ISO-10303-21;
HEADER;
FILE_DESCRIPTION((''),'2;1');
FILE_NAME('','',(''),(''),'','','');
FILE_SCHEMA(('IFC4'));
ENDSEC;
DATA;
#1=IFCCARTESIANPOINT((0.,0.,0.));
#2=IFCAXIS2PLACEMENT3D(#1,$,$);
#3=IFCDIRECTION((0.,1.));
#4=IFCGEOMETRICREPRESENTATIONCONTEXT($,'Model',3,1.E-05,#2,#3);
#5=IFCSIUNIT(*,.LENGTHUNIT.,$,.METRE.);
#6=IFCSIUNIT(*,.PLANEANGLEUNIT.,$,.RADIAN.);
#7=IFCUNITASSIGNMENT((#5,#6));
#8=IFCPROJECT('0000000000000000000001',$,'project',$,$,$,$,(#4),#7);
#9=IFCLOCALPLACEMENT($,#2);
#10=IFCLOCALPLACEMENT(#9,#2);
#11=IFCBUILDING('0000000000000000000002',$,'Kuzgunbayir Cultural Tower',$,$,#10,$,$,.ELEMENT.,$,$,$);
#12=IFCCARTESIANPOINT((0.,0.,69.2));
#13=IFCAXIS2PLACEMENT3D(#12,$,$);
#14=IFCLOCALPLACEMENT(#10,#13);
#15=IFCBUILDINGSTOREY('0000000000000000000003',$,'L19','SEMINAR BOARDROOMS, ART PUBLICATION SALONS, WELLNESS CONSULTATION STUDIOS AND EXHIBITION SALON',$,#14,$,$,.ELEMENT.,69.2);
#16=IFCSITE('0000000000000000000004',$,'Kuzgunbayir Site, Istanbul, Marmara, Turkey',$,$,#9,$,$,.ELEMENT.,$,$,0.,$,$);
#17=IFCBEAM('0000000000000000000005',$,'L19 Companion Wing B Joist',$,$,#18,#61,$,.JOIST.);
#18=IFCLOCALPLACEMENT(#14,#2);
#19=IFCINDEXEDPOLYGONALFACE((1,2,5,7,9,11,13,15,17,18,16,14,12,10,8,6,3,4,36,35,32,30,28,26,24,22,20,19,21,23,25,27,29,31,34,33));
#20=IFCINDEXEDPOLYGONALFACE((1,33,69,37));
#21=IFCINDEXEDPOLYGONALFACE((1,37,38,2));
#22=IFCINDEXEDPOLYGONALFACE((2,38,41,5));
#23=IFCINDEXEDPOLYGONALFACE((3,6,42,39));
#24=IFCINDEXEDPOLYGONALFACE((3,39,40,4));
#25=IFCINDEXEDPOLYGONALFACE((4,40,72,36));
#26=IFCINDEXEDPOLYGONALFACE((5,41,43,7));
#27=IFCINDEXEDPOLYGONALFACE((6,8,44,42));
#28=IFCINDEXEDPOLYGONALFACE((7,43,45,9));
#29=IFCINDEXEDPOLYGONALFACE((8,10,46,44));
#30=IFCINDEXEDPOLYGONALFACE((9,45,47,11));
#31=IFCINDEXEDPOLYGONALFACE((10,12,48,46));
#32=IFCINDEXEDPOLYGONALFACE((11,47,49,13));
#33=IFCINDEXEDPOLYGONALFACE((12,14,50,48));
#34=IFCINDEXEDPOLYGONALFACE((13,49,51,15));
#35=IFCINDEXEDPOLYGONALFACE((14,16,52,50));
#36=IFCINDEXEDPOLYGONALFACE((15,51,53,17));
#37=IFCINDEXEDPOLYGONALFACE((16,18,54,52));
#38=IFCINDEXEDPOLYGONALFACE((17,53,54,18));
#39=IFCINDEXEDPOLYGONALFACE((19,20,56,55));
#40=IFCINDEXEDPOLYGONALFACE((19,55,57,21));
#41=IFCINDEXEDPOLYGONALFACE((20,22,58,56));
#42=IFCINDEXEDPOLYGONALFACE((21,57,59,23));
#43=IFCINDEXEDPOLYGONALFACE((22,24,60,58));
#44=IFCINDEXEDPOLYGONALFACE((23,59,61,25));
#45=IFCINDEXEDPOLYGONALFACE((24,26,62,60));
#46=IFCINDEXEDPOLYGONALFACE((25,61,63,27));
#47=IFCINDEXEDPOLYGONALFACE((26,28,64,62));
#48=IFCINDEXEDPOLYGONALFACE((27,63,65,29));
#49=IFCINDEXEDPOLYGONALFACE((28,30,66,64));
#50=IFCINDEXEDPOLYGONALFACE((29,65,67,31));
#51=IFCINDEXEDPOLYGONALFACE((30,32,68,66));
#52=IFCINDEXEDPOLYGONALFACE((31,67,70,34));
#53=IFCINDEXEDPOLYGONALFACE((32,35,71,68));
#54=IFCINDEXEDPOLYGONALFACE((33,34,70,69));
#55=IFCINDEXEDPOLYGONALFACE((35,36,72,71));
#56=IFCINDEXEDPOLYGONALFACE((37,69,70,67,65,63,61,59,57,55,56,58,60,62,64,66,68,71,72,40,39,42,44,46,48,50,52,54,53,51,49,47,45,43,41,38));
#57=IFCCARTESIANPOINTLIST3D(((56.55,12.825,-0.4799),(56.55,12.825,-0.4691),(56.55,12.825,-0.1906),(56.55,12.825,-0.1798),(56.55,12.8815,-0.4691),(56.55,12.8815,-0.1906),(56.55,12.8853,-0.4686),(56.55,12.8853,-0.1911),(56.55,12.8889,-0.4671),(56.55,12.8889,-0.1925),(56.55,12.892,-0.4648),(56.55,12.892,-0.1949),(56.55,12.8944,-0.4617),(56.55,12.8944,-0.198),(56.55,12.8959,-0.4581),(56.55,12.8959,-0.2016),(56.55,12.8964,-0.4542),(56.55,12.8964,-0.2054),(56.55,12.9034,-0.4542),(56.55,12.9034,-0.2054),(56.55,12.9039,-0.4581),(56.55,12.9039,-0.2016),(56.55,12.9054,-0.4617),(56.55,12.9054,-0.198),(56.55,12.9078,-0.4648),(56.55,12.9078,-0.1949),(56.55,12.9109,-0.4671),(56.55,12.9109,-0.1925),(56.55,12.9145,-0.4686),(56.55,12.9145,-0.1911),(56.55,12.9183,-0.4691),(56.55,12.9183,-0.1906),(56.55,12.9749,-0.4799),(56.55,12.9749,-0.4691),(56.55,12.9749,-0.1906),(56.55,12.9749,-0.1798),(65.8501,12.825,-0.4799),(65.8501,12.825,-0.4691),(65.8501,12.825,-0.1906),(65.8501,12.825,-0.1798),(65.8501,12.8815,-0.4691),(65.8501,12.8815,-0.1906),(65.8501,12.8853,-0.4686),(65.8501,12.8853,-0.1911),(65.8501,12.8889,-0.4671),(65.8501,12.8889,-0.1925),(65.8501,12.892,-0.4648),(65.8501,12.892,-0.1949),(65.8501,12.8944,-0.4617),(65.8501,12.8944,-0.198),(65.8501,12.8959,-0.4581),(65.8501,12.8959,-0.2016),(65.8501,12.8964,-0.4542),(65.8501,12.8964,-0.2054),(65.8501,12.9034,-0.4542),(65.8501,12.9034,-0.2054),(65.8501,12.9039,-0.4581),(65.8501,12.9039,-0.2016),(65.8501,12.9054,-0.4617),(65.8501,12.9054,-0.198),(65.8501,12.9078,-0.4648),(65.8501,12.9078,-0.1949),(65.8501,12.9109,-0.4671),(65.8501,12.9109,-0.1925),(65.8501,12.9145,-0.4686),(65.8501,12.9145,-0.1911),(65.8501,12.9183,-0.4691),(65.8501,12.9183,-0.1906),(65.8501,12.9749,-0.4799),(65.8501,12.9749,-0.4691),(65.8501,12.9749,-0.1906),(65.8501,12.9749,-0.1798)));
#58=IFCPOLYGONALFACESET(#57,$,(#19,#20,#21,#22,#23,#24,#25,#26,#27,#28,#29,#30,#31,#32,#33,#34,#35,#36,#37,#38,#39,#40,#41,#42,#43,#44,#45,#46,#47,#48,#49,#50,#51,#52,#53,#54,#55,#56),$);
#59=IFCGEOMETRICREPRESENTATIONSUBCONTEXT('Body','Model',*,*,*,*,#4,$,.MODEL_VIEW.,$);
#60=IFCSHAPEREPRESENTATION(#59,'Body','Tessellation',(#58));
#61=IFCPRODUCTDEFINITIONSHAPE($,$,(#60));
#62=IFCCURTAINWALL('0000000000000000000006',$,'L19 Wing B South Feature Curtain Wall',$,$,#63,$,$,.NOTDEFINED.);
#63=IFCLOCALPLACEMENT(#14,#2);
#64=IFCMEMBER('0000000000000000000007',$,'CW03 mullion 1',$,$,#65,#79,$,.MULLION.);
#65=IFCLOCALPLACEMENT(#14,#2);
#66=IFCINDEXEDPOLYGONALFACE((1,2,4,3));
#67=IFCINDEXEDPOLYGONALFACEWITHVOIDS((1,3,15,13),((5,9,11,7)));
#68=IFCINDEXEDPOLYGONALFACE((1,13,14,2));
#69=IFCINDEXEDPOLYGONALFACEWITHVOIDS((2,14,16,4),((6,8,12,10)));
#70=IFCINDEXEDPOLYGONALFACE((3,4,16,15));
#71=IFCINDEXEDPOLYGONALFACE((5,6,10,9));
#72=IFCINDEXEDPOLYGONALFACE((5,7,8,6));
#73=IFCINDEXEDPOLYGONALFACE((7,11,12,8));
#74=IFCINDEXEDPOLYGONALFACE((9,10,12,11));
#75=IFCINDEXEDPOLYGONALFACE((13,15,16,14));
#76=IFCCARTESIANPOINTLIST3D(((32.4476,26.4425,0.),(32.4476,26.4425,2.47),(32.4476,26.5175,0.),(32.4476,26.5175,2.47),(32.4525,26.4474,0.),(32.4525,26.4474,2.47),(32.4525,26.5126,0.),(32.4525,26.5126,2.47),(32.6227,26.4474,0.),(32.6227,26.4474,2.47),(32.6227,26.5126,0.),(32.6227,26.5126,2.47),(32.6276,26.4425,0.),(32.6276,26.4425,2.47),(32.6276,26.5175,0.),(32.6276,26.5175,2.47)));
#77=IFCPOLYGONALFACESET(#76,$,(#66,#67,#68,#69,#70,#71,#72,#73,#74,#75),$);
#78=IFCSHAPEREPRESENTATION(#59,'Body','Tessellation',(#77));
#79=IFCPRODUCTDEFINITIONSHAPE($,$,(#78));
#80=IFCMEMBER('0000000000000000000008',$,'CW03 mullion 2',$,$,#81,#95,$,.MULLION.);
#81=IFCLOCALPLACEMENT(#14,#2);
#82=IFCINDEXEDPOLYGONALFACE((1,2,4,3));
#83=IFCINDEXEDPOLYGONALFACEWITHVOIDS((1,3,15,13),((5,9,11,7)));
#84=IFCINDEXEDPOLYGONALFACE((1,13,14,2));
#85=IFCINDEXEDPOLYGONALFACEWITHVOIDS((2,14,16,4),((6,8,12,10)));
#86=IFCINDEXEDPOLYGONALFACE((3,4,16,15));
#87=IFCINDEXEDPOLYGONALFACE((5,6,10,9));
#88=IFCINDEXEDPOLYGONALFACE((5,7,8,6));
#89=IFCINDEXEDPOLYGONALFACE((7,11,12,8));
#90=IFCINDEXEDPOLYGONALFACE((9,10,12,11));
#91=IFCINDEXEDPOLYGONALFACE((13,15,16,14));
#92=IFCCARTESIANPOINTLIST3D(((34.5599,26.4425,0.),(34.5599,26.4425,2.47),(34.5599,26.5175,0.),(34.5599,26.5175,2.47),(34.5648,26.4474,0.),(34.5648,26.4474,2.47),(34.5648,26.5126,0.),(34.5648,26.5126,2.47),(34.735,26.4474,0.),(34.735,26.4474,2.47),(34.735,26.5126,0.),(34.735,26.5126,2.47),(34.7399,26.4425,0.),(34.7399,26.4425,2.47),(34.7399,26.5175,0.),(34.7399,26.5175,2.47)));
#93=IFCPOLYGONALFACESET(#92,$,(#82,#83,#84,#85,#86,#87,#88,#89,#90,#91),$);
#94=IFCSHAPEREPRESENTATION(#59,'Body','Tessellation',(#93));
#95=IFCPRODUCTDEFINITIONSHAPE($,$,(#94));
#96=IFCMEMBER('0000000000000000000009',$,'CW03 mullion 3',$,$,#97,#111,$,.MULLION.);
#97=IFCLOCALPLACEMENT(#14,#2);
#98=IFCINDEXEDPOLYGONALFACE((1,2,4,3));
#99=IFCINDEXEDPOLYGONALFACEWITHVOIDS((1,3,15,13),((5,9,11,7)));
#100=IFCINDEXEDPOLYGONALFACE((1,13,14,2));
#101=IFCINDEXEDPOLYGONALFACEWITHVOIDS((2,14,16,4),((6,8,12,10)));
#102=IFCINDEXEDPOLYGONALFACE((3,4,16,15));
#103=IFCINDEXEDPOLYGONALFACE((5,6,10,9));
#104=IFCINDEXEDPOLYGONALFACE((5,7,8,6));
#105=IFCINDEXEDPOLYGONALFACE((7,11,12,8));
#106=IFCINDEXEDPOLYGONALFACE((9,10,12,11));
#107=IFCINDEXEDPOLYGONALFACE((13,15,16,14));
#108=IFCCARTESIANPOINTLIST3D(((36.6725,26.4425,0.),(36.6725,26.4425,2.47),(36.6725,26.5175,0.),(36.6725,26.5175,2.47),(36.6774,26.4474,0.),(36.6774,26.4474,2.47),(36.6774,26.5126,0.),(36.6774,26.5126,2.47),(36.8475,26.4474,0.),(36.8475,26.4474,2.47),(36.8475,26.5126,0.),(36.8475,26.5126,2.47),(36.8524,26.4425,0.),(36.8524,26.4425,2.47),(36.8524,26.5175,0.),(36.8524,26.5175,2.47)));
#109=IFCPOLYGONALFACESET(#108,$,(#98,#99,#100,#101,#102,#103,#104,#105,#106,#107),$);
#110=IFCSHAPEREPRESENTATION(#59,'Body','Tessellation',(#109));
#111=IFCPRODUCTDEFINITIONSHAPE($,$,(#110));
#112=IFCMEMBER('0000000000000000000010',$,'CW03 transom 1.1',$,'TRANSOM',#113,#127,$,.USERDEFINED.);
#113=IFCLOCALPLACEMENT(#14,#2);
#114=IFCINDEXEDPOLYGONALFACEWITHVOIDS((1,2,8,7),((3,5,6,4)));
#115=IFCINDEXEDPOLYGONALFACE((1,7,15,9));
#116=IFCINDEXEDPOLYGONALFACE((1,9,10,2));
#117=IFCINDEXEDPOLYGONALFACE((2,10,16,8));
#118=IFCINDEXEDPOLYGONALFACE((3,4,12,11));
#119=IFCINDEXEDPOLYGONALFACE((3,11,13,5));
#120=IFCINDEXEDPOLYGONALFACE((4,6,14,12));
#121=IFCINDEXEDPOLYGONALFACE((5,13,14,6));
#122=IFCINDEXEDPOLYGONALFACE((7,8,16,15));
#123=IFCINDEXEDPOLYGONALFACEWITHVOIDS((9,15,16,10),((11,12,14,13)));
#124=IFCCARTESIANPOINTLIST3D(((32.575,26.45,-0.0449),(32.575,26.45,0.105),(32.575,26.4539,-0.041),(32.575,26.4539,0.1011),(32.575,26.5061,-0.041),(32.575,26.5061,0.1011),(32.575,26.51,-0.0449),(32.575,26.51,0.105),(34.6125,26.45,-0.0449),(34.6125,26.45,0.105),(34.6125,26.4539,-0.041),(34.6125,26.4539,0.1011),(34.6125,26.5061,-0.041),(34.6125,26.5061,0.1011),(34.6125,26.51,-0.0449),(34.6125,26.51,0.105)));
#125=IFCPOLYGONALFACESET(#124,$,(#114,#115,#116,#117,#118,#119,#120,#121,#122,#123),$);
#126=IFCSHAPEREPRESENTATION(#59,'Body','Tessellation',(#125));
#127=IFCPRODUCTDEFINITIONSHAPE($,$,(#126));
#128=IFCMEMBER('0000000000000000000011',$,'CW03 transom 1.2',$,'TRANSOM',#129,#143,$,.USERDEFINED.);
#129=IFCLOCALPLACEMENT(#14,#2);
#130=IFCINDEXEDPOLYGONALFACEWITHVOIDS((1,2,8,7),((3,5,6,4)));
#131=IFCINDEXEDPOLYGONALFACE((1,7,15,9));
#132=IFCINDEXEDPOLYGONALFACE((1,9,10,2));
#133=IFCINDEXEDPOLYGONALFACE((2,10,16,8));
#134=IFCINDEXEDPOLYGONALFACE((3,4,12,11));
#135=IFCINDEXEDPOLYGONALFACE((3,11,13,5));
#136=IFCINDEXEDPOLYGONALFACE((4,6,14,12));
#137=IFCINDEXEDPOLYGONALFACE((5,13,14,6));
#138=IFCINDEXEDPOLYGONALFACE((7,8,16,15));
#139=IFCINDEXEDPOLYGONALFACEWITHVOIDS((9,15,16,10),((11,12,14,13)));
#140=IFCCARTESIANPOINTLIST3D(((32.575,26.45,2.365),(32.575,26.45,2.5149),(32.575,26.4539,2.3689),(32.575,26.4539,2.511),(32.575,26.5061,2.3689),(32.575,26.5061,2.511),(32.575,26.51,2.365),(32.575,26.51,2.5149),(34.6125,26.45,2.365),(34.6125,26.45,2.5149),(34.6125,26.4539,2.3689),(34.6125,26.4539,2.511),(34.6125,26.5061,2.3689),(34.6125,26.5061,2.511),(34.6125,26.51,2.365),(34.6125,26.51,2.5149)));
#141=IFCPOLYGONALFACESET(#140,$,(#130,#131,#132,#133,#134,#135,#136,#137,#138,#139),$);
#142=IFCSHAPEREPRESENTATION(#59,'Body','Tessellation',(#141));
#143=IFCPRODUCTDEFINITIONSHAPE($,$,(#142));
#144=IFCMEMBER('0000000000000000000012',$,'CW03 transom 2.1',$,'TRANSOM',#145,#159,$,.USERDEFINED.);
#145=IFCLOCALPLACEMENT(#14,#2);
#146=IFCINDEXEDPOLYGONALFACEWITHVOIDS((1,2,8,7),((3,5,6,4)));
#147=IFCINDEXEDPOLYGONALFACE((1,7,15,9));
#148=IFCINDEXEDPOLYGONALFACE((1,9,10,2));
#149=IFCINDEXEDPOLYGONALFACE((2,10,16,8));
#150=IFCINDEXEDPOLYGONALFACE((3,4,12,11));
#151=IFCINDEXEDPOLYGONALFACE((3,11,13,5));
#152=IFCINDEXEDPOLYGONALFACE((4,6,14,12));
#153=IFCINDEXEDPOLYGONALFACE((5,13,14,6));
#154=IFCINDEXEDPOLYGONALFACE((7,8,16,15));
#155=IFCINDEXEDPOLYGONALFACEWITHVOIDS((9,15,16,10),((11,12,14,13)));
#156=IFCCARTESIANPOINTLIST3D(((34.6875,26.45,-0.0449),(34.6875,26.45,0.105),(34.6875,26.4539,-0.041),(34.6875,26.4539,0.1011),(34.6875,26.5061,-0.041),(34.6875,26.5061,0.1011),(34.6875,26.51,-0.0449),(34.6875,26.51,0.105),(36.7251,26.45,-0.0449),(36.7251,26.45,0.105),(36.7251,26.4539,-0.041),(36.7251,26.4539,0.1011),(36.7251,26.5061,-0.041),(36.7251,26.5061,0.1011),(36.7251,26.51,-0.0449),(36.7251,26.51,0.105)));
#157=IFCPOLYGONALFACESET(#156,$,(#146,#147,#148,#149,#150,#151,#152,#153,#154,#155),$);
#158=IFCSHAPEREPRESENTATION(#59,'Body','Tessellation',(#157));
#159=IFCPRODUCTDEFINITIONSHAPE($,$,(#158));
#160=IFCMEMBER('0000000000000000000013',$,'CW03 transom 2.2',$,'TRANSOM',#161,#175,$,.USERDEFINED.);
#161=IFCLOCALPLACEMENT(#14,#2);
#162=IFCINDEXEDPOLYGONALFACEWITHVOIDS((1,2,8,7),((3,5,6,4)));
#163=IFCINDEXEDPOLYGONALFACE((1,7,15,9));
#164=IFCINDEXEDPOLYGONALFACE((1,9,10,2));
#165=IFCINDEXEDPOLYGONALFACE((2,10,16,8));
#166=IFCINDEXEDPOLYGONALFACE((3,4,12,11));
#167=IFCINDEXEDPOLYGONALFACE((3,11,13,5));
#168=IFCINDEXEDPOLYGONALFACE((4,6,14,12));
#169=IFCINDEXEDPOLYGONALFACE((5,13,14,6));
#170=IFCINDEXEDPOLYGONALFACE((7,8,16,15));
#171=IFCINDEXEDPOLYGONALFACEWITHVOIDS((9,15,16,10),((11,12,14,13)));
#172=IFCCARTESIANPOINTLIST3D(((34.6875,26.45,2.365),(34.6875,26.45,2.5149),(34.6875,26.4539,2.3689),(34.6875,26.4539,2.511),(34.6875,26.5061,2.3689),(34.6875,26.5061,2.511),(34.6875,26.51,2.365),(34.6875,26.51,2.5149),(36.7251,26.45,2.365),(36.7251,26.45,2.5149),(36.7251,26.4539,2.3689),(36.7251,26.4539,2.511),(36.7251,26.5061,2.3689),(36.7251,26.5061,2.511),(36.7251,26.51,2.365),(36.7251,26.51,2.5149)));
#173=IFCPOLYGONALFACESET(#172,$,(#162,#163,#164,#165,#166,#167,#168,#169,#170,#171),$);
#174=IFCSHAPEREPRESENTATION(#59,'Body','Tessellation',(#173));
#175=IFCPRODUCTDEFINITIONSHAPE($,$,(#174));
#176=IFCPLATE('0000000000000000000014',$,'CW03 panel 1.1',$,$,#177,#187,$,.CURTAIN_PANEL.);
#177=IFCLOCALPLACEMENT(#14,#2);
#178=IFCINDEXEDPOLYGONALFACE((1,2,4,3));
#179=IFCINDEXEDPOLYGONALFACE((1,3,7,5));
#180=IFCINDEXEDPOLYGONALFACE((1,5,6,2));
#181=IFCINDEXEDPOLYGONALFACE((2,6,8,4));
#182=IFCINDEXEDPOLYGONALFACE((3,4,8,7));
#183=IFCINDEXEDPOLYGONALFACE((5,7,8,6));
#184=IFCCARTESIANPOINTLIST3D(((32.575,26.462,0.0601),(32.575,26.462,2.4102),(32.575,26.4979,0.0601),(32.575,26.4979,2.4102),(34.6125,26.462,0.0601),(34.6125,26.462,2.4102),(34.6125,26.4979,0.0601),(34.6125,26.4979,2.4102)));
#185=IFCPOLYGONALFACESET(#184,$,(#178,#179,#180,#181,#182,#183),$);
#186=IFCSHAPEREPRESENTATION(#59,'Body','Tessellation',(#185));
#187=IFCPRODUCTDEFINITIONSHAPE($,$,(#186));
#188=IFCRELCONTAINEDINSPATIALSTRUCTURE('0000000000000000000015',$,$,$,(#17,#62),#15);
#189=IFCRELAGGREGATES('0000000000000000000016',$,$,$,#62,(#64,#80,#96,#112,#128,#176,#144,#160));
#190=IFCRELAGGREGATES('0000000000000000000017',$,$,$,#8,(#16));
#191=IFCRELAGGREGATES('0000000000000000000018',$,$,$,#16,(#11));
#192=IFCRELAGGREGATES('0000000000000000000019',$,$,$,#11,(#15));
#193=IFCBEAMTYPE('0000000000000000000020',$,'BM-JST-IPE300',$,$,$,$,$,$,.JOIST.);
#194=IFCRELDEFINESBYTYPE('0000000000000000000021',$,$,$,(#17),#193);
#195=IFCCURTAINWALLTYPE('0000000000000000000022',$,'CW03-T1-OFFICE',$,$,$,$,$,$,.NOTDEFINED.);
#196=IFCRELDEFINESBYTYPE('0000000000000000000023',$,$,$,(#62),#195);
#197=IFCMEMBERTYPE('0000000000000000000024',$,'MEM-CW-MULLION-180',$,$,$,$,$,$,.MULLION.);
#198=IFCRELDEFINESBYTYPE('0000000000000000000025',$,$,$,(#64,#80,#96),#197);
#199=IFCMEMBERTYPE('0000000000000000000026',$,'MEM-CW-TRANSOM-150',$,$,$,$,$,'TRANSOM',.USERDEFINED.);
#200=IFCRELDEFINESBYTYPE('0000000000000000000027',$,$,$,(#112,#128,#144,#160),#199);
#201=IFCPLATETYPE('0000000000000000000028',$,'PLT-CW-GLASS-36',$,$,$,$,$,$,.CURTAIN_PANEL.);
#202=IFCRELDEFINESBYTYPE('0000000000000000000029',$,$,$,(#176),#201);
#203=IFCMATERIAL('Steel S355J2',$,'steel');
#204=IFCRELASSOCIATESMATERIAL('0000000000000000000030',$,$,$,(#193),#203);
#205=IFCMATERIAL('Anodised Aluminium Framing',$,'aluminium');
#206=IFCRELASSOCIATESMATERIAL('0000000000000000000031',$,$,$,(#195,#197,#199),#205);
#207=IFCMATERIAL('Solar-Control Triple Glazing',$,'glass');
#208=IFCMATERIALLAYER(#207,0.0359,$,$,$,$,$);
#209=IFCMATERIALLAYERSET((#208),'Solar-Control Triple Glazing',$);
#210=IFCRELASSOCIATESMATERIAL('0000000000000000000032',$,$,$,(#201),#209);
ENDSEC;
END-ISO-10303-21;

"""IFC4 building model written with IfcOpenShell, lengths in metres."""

from ifc_helpers import new_model, si_unit, direction, frame, origin, origin_2d, place, context, subcontext, project, spatial, rectangle, hollow_rectangle, i_section, extrude, material, layer, layer_set, material_profile, profile_set, type_object, element, aggregate, save


model = new_model("IFC4")

# Units and contexts
model_context = context("Model", 3, precision=1e-05, world=origin(), true_north=direction((0.0, 1.0)))
body_context = subcontext(model_context, "Body", "Model", "MODEL_VIEW")
ifc_project = project(units=[si_unit("LENGTHUNIT", "METRE"), si_unit("PLANEANGLEUNIT", "RADIAN")], contexts=[model_context])

# Site, building, storey
site_placement = place(None, origin())
site = spatial("IfcSite", under=ifc_project, at=site_placement, Name="Kuzgunbayir Site, Istanbul, Marmara, Turkey", CompositionType="ELEMENT", RefElevation=0.0)
building_placement = place(site_placement, origin())
building = spatial("IfcBuilding", under=site, at=building_placement, Name="Kuzgunbayir Cultural Tower", CompositionType="ELEMENT")
storey_placement = place(building_placement, frame((0.0, 0.0, 69.2)))
storey = spatial("IfcBuildingStorey", under=building, at=storey_placement, Name="L19", Description="SEMINAR BOARDROOMS, ART PUBLICATION SALONS, WELLNESS CONSULTATION STUDIOS AND EXHIBITION SALON", CompositionType="ELEMENT", Elevation=69.2)

# Beam
ifc_material_1 = material(Name="Steel S355J2", Category="steel")
ifc_material_profile_1 = material_profile(ifc_material_1, i_section(OverallWidth=0.1499, OverallDepth=0.3, WebThickness=0.0071, FlangeThickness=0.0107, FilletRadius=0.0149, at=origin_2d()), Name="IPE 300")
ifc_profile_set_1 = profile_set([ifc_material_profile_1], Name="Steel S355J2")
beam_type_1 = type_object("IfcBeamType", Name="BM-JST-IPE300", PredefinedType="JOIST", material=ifc_profile_set_1)
beam_1_placement = place(storey_placement, frame((56.55, 12.8999, -0.3298), z_axis=(1.0, 0.0, 0.0), x_axis=(0.0, 1.0, 0.0)))
element("IfcBeam", 1, at=beam_1_placement, inside=storey, type_object=beam_type_1, Name="L19 Companion Wing B Joist", PredefinedType="JOIST", context=body_context, shape_type="SweptSolid", body=[
    extrude(i_section(OverallWidth=0.1499, OverallDepth=0.3, WebThickness=0.0071, FlangeThickness=0.0107, FilletRadius=0.0149, at=origin_2d()), origin(), (0.0, 0.0, 1.0), 9.3),
])

# Curtain wall, members, plate
ifc_material_2 = material(Name="Anodised Aluminium Framing", Category="aluminium")
curtain_wall_type = type_object("IfcCurtainWallType", Name="CW03-T1-OFFICE", PredefinedType="NOTDEFINED", material=ifc_material_2)
curtain_wall_placement = place(storey_placement, origin())
curtain_wall = element("IfcCurtainWall", 2, at=curtain_wall_placement, inside=storey, type_object=curtain_wall_type, Name="L19 Wing B South Feature Curtain Wall", PredefinedType="NOTDEFINED")
ifc_material_profile_2 = material_profile(ifc_material_2, hollow_rectangle(XDim=0.075, YDim=0.1799, WallThickness=0.0049, at=origin_2d()), Name="RHS 180x75x5")
ifc_profile_set_2 = profile_set([ifc_material_profile_2], Name="Anodised Aluminium Framing")
member_type_1 = type_object("IfcMemberType", Name="MEM-CW-MULLION-180", PredefinedType="MULLION", material=ifc_profile_set_2)
member_1_placement = place(storey_placement, frame((32.5376, 26.48, 0.0), z_axis=(0.0, 0.0, 1.0), x_axis=(0.0, 1.0, 0.0)))
member_1 = element("IfcMember", 3, at=member_1_placement, type_object=member_type_1, Name="CW03 mullion 1", PredefinedType="MULLION", context=body_context, shape_type="SweptSolid", body=[
    extrude(hollow_rectangle(XDim=0.075, YDim=0.1799, WallThickness=0.0049, at=origin_2d()), origin(), (0.0, 0.0, 1.0), 2.47),
])
member_2_placement = place(storey_placement, frame((34.6499, 26.48, 0.0), z_axis=(0.0, 0.0, 1.0), x_axis=(0.0, 1.0, 0.0)))
member_2 = element("IfcMember", 4, at=member_2_placement, type_object=member_type_1, Name="CW03 mullion 2", PredefinedType="MULLION", context=body_context, shape_type="SweptSolid", body=[
    extrude(hollow_rectangle(XDim=0.075, YDim=0.1799, WallThickness=0.0049, at=origin_2d()), origin(), (0.0, 0.0, 1.0), 2.47),
])
member_3_placement = place(storey_placement, frame((36.7625, 26.48, 0.0), z_axis=(0.0, 0.0, 1.0), x_axis=(0.0, 1.0, 0.0)))
member_3 = element("IfcMember", 5, at=member_3_placement, type_object=member_type_1, Name="CW03 mullion 3", PredefinedType="MULLION", context=body_context, shape_type="SweptSolid", body=[
    extrude(hollow_rectangle(XDim=0.075, YDim=0.1799, WallThickness=0.0049, at=origin_2d()), origin(), (0.0, 0.0, 1.0), 2.47),
])
ifc_material_profile_3 = material_profile(ifc_material_2, hollow_rectangle(XDim=0.0601, YDim=0.1499, WallThickness=0.0039, at=origin_2d()), Name="RHS 150x60x4")
ifc_profile_set_3 = profile_set([ifc_material_profile_3], Name="Anodised Aluminium Framing")
member_type_2 = type_object("IfcMemberType", Name="MEM-CW-TRANSOM-150", ElementType="TRANSOM", PredefinedType="USERDEFINED", material=ifc_profile_set_3)
member_4_placement = place(storey_placement, frame((32.575, 26.48, 0.03), z_axis=(1.0, 0.0, 0.0), x_axis=(0.0, 1.0, 0.0)))
member_4 = element("IfcMember", 6, at=member_4_placement, type_object=member_type_2, Name="CW03 transom 1.1", ObjectType="TRANSOM", PredefinedType="USERDEFINED", context=body_context, shape_type="SweptSolid", body=[
    extrude(hollow_rectangle(XDim=0.0601, YDim=0.1499, WallThickness=0.0039, at=origin_2d()), origin(), (0.0, 0.0, 1.0), 2.0376),
])
member_5_placement = place(storey_placement, frame((32.575, 26.48, 2.4399), z_axis=(1.0, 0.0, 0.0), x_axis=(0.0, 1.0, 0.0)))
member_5 = element("IfcMember", 7, at=member_5_placement, type_object=member_type_2, Name="CW03 transom 1.2", ObjectType="TRANSOM", PredefinedType="USERDEFINED", context=body_context, shape_type="SweptSolid", body=[
    extrude(hollow_rectangle(XDim=0.0601, YDim=0.1499, WallThickness=0.0039, at=origin_2d()), origin(), (0.0, 0.0, 1.0), 2.0376),
])
member_6_placement = place(storey_placement, frame((34.6875, 26.48, 0.03), z_axis=(1.0, 0.0, 0.0), x_axis=(0.0, 1.0, 0.0)))
member_6 = element("IfcMember", 8, at=member_6_placement, type_object=member_type_2, Name="CW03 transom 2.1", ObjectType="TRANSOM", PredefinedType="USERDEFINED", context=body_context, shape_type="SweptSolid", body=[
    extrude(hollow_rectangle(XDim=0.0601, YDim=0.1499, WallThickness=0.0039, at=origin_2d()), origin(), (0.0, 0.0, 1.0), 2.0376),
])
member_7_placement = place(storey_placement, frame((34.6875, 26.48, 2.4399), z_axis=(1.0, 0.0, 0.0), x_axis=(0.0, 1.0, 0.0)))
member_7 = element("IfcMember", 9, at=member_7_placement, type_object=member_type_2, Name="CW03 transom 2.2", ObjectType="TRANSOM", PredefinedType="USERDEFINED", context=body_context, shape_type="SweptSolid", body=[
    extrude(hollow_rectangle(XDim=0.0601, YDim=0.1499, WallThickness=0.0039, at=origin_2d()), origin(), (0.0, 0.0, 1.0), 2.0376),
])
ifc_material_3 = material(Name="Solar-Control Triple Glazing", Category="glass")
ifc_layer_1 = layer(ifc_material_3, 0.0359)
ifc_layer_set_1 = layer_set([ifc_layer_1], Name="Solar-Control Triple Glazing")
plate_type = type_object("IfcPlateType", Name="PLT-CW-GLASS-36", PredefinedType="CURTAIN_PANEL", material=ifc_layer_set_1)
plate_1_placement = place(storey_placement, frame((33.5938, 26.48, 0.0601), z_axis=(0.0, 0.0, 1.0), x_axis=(1.0, 0.0, 0.0)))
plate_1 = element("IfcPlate", 10, at=plate_1_placement, type_object=plate_type, Name="CW03 panel 1.1", PredefinedType="CURTAIN_PANEL", context=body_context, shape_type="SweptSolid", body=[
    extrude(rectangle(XDim=2.0376, YDim=0.0359, at=origin_2d()), origin(), (0.0, 0.0, 1.0), 2.3501),
])
aggregate(curtain_wall, [member_1, member_2, member_3, member_4, member_5, plate_1, member_6, member_7])

save(model, "model.ifc")
